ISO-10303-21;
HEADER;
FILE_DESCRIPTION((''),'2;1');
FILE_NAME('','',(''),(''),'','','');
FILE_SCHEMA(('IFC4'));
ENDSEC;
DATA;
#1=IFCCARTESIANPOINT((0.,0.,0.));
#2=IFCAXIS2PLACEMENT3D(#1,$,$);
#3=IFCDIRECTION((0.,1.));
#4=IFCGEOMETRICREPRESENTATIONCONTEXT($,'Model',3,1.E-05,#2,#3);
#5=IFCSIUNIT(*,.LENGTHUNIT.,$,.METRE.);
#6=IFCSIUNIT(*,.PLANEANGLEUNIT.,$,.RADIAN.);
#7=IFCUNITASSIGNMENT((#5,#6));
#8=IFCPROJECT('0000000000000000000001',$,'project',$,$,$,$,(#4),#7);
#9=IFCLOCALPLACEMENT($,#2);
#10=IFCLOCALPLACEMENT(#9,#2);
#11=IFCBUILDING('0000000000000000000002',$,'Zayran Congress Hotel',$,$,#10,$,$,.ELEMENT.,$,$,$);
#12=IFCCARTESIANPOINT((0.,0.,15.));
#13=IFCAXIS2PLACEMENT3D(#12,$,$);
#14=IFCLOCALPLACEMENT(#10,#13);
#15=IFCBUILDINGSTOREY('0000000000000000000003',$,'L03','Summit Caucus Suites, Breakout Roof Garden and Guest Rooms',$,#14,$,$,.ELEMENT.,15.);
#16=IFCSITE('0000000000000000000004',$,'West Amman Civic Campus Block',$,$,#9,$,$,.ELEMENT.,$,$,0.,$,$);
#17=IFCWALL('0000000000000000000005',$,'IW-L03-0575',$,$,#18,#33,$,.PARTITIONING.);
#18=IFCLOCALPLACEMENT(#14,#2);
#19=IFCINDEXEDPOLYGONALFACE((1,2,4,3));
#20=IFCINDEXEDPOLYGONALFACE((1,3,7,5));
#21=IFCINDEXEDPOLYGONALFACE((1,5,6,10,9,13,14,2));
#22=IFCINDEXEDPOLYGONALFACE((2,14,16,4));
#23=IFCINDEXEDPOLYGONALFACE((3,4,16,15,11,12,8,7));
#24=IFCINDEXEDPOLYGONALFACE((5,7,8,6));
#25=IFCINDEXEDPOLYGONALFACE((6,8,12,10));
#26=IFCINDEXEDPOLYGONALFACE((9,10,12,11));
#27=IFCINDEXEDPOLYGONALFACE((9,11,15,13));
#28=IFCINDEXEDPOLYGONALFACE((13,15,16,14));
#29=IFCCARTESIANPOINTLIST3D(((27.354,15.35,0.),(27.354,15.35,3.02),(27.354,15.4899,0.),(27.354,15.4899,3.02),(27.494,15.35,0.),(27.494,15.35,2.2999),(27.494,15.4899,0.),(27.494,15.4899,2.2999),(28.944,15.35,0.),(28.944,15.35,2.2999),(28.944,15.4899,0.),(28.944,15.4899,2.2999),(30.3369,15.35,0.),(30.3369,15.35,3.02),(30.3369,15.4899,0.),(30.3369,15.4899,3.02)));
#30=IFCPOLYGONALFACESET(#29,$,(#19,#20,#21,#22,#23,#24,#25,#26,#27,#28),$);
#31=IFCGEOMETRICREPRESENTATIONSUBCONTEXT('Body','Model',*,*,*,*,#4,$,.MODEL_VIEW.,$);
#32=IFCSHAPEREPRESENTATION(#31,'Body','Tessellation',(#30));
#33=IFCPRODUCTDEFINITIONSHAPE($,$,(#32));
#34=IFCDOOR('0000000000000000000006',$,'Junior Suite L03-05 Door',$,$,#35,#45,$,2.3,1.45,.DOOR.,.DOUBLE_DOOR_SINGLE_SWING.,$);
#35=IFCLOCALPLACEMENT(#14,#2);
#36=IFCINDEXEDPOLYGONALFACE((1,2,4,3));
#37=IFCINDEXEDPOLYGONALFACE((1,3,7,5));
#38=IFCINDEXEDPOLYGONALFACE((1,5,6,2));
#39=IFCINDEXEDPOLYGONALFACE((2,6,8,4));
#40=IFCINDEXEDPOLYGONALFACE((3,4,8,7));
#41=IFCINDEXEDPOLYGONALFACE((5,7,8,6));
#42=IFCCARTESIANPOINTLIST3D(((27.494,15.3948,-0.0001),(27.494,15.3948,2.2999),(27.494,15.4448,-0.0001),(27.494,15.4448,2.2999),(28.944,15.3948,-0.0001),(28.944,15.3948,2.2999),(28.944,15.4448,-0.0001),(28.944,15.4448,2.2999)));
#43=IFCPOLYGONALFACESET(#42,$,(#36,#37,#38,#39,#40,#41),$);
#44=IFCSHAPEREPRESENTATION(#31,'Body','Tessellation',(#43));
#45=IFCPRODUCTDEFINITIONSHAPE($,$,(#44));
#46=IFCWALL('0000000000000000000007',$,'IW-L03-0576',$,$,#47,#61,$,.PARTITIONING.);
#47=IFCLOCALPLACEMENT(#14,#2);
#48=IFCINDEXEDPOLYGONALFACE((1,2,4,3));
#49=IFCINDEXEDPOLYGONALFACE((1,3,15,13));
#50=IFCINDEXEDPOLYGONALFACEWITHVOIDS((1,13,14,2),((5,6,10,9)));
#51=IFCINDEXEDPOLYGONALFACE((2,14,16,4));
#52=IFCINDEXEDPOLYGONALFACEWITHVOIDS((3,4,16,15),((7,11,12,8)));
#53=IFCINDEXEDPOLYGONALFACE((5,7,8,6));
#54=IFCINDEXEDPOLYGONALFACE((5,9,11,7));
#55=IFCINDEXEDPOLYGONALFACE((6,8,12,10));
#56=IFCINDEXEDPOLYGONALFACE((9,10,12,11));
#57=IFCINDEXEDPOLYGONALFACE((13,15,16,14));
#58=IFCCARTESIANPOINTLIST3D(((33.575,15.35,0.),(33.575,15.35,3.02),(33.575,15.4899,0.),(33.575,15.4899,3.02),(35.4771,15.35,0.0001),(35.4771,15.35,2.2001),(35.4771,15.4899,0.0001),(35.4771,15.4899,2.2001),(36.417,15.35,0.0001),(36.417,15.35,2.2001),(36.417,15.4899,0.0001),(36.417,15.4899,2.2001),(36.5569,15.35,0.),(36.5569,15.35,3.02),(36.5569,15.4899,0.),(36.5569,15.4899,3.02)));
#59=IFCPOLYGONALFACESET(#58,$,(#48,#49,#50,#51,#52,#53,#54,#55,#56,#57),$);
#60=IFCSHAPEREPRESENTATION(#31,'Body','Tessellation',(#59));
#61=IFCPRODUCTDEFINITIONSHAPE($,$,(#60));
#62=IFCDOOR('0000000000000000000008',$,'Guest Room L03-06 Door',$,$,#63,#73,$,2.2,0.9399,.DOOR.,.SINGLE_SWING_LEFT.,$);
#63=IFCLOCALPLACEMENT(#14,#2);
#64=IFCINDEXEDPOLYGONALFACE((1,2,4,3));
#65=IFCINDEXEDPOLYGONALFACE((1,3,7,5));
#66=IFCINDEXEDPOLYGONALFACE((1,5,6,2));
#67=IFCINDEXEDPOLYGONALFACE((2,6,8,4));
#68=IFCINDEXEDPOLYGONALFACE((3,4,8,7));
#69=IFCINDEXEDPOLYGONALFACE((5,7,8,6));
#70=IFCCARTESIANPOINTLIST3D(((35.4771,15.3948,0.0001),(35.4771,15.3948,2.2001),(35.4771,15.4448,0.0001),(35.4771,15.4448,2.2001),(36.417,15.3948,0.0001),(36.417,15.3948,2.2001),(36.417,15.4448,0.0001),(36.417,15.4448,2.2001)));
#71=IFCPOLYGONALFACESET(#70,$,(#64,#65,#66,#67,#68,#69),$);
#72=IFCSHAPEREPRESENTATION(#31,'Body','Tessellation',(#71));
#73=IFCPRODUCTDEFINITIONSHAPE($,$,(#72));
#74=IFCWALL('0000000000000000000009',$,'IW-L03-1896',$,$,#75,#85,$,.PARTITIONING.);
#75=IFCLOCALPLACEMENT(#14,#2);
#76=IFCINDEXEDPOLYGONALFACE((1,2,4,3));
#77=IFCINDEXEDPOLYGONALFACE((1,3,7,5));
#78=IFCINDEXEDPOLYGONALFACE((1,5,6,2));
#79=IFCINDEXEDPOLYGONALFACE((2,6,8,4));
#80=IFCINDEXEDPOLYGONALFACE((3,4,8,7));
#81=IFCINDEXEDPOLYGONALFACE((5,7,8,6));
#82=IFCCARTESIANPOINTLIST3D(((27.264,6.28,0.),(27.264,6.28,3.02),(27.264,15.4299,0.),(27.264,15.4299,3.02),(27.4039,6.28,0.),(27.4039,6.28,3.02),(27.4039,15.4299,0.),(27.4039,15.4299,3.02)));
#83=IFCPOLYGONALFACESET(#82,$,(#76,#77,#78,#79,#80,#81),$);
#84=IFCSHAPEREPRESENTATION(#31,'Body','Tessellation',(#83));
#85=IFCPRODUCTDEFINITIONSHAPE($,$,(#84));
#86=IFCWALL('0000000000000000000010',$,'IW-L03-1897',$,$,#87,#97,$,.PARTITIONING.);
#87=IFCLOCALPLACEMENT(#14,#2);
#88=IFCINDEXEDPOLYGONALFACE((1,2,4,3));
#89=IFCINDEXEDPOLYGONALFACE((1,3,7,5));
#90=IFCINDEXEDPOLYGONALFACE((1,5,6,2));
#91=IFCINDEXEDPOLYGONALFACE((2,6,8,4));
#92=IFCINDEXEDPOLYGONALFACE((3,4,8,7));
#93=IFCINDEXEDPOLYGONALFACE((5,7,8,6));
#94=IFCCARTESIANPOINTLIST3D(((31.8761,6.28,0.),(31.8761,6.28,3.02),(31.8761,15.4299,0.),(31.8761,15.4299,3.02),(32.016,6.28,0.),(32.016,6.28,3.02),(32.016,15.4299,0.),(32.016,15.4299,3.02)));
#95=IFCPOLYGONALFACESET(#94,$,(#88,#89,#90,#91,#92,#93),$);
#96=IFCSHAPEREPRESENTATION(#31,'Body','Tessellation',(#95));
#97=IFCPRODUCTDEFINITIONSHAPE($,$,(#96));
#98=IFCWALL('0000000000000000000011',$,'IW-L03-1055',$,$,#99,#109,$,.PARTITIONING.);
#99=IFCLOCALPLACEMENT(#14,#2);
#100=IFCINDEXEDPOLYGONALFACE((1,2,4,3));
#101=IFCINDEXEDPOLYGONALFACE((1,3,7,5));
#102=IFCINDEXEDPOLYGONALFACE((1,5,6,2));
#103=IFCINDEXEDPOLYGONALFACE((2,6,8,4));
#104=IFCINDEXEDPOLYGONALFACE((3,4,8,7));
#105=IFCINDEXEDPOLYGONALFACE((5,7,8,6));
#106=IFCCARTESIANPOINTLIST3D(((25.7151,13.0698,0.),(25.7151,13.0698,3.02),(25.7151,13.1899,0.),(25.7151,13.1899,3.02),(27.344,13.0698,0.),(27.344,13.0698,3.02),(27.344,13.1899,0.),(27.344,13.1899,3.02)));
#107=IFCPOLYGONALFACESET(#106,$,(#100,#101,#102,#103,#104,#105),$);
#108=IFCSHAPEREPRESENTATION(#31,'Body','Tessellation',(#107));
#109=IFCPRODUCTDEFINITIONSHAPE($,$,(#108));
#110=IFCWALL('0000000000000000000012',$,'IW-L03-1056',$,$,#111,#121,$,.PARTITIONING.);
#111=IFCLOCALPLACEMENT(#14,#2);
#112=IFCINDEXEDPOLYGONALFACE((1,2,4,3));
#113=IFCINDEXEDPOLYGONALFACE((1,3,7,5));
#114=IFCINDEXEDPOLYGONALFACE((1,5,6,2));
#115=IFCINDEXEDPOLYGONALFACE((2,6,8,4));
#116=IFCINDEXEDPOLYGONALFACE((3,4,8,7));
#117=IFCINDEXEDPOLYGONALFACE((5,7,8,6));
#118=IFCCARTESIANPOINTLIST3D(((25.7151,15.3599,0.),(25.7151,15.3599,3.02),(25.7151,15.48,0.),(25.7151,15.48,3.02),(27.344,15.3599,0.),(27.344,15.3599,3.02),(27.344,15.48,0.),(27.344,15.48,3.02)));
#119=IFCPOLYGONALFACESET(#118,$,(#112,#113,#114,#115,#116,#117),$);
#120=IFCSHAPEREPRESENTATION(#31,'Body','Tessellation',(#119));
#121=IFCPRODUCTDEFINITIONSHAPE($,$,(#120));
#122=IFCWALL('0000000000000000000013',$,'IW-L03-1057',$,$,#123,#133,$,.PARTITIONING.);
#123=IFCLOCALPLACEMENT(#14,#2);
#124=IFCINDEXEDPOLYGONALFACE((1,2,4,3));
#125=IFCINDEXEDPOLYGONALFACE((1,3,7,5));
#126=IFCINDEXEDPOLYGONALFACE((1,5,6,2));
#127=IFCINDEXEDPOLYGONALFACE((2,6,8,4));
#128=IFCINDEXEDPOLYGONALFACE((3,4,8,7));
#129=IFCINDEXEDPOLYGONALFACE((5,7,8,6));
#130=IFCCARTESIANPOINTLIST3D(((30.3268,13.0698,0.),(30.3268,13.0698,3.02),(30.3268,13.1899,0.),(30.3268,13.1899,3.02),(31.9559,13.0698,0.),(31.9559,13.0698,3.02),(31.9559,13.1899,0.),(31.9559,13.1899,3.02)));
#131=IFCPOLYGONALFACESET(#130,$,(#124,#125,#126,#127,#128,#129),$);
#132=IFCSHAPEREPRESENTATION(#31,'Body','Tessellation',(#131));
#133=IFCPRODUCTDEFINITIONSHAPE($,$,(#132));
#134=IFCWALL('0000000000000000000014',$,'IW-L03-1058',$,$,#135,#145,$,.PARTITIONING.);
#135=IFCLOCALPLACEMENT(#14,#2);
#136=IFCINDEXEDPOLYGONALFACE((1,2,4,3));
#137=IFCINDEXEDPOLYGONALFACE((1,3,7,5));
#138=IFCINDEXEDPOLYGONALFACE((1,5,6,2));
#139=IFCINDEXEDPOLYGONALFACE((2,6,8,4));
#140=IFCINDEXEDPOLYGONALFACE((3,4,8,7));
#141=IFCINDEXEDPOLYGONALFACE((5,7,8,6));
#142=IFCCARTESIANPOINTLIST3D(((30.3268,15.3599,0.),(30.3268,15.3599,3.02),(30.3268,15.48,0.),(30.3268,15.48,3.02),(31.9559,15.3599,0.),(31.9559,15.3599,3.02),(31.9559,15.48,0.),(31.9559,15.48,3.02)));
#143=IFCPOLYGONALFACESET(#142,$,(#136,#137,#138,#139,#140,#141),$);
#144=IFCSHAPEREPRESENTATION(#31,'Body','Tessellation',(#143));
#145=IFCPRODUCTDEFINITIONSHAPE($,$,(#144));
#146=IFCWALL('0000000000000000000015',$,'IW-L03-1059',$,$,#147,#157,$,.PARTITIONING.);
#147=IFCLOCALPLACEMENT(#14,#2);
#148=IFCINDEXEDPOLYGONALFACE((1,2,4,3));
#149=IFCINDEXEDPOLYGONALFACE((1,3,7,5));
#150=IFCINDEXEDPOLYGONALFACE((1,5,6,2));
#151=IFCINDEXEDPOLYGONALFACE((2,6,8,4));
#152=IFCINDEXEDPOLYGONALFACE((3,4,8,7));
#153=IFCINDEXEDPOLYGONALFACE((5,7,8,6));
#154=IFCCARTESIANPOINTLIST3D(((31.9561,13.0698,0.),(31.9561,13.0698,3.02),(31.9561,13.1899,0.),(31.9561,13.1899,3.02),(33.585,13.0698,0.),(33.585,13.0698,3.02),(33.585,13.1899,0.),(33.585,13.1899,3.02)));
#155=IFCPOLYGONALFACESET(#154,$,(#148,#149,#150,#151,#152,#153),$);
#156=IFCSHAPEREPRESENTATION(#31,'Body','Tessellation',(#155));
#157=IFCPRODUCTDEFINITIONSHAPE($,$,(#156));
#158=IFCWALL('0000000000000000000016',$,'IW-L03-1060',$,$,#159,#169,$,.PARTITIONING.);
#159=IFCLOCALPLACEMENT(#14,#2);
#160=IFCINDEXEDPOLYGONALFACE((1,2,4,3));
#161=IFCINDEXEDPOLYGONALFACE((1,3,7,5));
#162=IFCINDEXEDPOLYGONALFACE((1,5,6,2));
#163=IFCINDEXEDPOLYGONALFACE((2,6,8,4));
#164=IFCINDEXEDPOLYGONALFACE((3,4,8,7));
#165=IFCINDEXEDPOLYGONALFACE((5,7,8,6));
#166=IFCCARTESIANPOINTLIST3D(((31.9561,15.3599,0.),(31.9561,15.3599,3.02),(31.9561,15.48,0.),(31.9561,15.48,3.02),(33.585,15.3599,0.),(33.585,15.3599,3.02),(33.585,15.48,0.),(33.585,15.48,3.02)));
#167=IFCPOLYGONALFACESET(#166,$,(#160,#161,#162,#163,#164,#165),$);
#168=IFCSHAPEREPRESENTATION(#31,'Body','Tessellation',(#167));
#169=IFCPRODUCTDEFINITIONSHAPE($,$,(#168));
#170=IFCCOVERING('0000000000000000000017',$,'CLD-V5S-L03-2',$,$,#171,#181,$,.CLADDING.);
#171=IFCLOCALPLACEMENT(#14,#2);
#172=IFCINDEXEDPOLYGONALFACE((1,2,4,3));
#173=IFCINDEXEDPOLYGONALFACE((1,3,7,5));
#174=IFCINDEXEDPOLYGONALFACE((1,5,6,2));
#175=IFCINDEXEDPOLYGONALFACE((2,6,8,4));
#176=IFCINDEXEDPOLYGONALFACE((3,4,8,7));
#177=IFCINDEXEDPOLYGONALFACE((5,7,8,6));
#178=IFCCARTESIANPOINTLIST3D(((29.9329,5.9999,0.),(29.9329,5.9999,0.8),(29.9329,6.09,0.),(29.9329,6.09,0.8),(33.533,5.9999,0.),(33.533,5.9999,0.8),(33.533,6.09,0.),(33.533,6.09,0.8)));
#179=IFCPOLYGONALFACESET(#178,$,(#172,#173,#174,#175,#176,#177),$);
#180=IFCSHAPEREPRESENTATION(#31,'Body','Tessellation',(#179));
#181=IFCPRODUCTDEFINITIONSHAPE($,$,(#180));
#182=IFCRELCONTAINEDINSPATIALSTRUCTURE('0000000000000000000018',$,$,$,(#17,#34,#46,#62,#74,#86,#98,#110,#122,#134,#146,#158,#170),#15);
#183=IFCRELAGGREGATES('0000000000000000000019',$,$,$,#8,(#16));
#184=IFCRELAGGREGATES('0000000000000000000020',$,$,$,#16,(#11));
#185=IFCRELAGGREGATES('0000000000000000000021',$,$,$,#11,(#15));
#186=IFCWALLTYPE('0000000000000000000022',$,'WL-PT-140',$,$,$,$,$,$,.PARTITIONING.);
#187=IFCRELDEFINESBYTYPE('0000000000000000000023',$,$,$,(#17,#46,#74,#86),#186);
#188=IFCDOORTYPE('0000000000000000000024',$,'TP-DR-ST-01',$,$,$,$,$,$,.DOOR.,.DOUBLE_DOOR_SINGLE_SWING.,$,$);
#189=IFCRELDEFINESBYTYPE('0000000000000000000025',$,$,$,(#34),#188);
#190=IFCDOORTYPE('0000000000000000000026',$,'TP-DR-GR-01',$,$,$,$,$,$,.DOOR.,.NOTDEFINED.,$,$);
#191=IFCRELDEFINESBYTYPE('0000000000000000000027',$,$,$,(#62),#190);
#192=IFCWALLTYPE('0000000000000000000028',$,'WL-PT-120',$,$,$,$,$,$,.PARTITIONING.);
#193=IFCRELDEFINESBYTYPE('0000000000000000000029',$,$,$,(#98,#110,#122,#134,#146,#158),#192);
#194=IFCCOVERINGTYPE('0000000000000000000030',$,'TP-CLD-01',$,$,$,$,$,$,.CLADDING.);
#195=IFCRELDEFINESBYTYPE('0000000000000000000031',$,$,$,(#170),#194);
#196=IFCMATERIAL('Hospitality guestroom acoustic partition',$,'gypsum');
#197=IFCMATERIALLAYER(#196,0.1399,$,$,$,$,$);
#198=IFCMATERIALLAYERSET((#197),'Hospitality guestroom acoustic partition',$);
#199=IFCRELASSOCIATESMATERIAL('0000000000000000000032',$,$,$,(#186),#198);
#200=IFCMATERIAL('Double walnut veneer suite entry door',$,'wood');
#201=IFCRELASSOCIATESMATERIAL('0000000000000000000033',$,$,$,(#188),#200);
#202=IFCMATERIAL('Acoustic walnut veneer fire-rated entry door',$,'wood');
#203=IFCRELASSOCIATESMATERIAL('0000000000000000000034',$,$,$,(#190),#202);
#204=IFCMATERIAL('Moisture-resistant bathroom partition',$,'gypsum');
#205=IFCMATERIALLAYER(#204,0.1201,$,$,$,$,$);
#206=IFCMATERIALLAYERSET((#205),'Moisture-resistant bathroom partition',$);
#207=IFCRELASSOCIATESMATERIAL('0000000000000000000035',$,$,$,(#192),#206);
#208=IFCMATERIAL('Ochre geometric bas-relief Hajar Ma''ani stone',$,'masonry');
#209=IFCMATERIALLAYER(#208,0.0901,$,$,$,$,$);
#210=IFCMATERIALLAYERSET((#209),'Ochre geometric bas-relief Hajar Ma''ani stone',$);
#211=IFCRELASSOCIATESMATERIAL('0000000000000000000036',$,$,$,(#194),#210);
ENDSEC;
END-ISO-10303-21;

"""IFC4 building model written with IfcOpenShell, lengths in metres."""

from ifc_helpers import new_model, si_unit, direction, frame, frame_2d, origin, origin_2d, place, context, subcontext, project, spatial, rectangle, extrude, material, layer, layer_set, type_object, element, fill, save


model = new_model("IFC4")

# Units and contexts
model_context = context("Model", 3, precision=1e-05, world=origin(), true_north=direction((0.0, 1.0)))
body_context = subcontext(model_context, "Body", "Model", "MODEL_VIEW")
ifc_project = project(units=[si_unit("LENGTHUNIT", "METRE"), si_unit("PLANEANGLEUNIT", "RADIAN")], contexts=[model_context])

# Site, building, storey
site_placement = place(None, origin())
site = spatial("IfcSite", under=ifc_project, at=site_placement, Name="West Amman Civic Campus Block", CompositionType="ELEMENT", RefElevation=0.0)
building_placement = place(site_placement, origin())
building = spatial("IfcBuilding", under=site, at=building_placement, Name="Zayran Congress Hotel", CompositionType="ELEMENT")
storey_placement = place(building_placement, frame((0.0, 0.0, 15.0)))
storey = spatial("IfcBuildingStorey", under=building, at=storey_placement, Name="L03", Description="Summit Caucus Suites, Breakout Roof Garden and Guest Rooms", CompositionType="ELEMENT", Elevation=15.0)

# Shared definitions
ifc_material_1 = material(Name="Hospitality guestroom acoustic partition", Category="gypsum")
ifc_layer_1 = layer(ifc_material_1, 0.1399)
ifc_layer_set_1 = layer_set([ifc_layer_1], Name="Hospitality guestroom acoustic partition")
wall_type_1 = type_object("IfcWallType", Name="WL-PT-140", PredefinedType="PARTITIONING", material=ifc_layer_set_1)

# Walls, openings, doors
wall_1_placement = place(storey_placement, frame((27.354, 15.4199, 0.0), z_axis=(0.0, 0.0, 1.0), x_axis=(1.0, 0.0, 0.0)))
wall_1 = element("IfcWall", 1, at=wall_1_placement, inside=storey, type_object=wall_type_1, Name="IW-L03-0575", PredefinedType="PARTITIONING", context=body_context, shape_type="SweptSolid", body=[
    extrude(rectangle(XDim=2.9829, YDim=0.1399, at=frame_2d((1.4915, 0.0))), origin(), (0.0, 0.0, 1.0), 3.02),
])
opening_1_placement = place(wall_1_placement, frame((0.1399, 0.0, 0.0)))
opening_1 = element("IfcOpeningElement", 2, at=opening_1_placement, cuts=wall_1, PredefinedType="OPENING", context=body_context, shape_type="SweptSolid", body=[
    extrude(rectangle(XDim=1.45, YDim=2.3, at=frame_2d((0.7251, 1.1499))), frame((0.0, 0.0798, 0.0), z_axis=(0.0, -1.0, 0.0), x_axis=(1.0, 0.0, 0.0)), (0.0, 0.0, 1.0), 0.1599),
])
ifc_material_2 = material(Name="Double walnut veneer suite entry door", Category="wood")
door_type_1 = type_object("IfcDoorType", Name="TP-DR-ST-01", OperationType="DOUBLE_DOOR_SINGLE_SWING", PredefinedType="DOOR", material=ifc_material_2)
door_1_placement = place(opening_1_placement, origin())
door_1 = element("IfcDoor", 3, at=door_1_placement, inside=storey, type_object=door_type_1, Name="Junior Suite L03-05 Door", OperationType="DOUBLE_DOOR_SINGLE_SWING", OverallHeight=2.3, OverallWidth=1.45, PredefinedType="DOOR", context=body_context, shape_type="SweptSolid", body=[
    extrude(rectangle(XDim=1.45, YDim=2.3, at=frame_2d((0.7251, 1.1499))), frame((0.0, 0.0249, 0.0), z_axis=(0.0, -1.0, 0.0), x_axis=(1.0, 0.0, 0.0)), (0.0, 0.0, 1.0), 0.05),
])
fill(opening_1, door_1)
wall_2_placement = place(storey_placement, frame((33.575, 15.4199, 0.0), z_axis=(0.0, 0.0, 1.0), x_axis=(1.0, 0.0, 0.0)))
wall_2 = element("IfcWall", 4, at=wall_2_placement, inside=storey, type_object=wall_type_1, Name="IW-L03-0576", PredefinedType="PARTITIONING", context=body_context, shape_type="SweptSolid", body=[
    extrude(rectangle(XDim=2.9819, YDim=0.1399, at=frame_2d((1.491, 0.0))), origin(), (0.0, 0.0, 1.0), 3.02),
])
opening_2_placement = place(wall_2_placement, frame((1.9021, 0.0, 0.0)))
opening_2 = element("IfcOpeningElement", 5, at=opening_2_placement, cuts=wall_2, PredefinedType="OPENING", context=body_context, shape_type="SweptSolid", body=[
    extrude(rectangle(XDim=0.9399, YDim=2.2, at=frame_2d((0.47, 1.1001))), frame((0.0, 0.0798, 0.0), z_axis=(0.0, -1.0, 0.0), x_axis=(1.0, 0.0, 0.0)), (0.0, 0.0, 1.0), 0.1599),
])
ifc_material_3 = material(Name="Acoustic walnut veneer fire-rated entry door", Category="wood")
door_type_2 = type_object("IfcDoorType", Name="TP-DR-GR-01", OperationType="NOTDEFINED", PredefinedType="DOOR", material=ifc_material_3)
door_2_placement = place(opening_2_placement, origin())
door_2 = element("IfcDoor", 6, at=door_2_placement, inside=storey, type_object=door_type_2, Name="Guest Room L03-06 Door", OperationType="SINGLE_SWING_LEFT", OverallHeight=2.2, OverallWidth=0.9399, PredefinedType="DOOR", context=body_context, shape_type="SweptSolid", body=[
    extrude(rectangle(XDim=0.9399, YDim=2.2, at=frame_2d((0.47, 1.1001))), frame((0.0, 0.0249, 0.0), z_axis=(0.0, -1.0, 0.0), x_axis=(1.0, 0.0, 0.0)), (0.0, 0.0, 1.0), 0.05),
])
fill(opening_2, door_2)

# Walls
for number, where, z_axis, x_axis, name in (
    (7, (27.334, 6.28, 0.0), (0.0, 0.0, 1.0), (0.0, 1.0, 0.0), "IW-L03-1896"),
    (8, (31.946, 6.28, 0.0), (0.0, 0.0, 1.0), (0.0, 1.0, 0.0), "IW-L03-1897"),
):
    element("IfcWall", number, at=place(storey_placement, frame(where, z_axis=z_axis, x_axis=x_axis)), inside=storey, type_object=wall_type_1, Name=name, PredefinedType="PARTITIONING", context=body_context, shape_type="SweptSolid", body=[
        extrude(rectangle(XDim=9.1499, YDim=0.1399, at=frame_2d((4.575, 0.0))), origin(), (0.0, 0.0, 1.0), 3.02),
    ])

# Shared definitions
ifc_material_4 = material(Name="Moisture-resistant bathroom partition", Category="gypsum")
ifc_layer_2 = layer(ifc_material_4, 0.1201)
ifc_layer_set_2 = layer_set([ifc_layer_2], Name="Moisture-resistant bathroom partition")
wall_type_2 = type_object("IfcWallType", Name="WL-PT-120", PredefinedType="PARTITIONING", material=ifc_layer_set_2)

# Walls
for number, where, z_axis, x_axis, name in (
    (9, (25.7151, 13.1299, 0.0), (0.0, 0.0, 1.0), (1.0, 0.0, 0.0), "IW-L03-1055"),
    (10, (25.7151, 15.4199, 0.0), (0.0, 0.0, 1.0), (1.0, 0.0, 0.0), "IW-L03-1056"),
):
    element("IfcWall", number, at=place(storey_placement, frame(where, z_axis=z_axis, x_axis=x_axis)), inside=storey, type_object=wall_type_2, Name=name, PredefinedType="PARTITIONING", context=body_context, shape_type="SweptSolid", body=[
        extrude(rectangle(XDim=1.6289, YDim=0.1201, at=frame_2d((0.8145, 0.0))), origin(), (0.0, 0.0, 1.0), 3.02),
    ])
for number, where, z_axis, x_axis, name in (
    (11, (30.3269, 13.1299, 0.0), (0.0, 0.0, 1.0), (1.0, 0.0, 0.0), "IW-L03-1057"),
    (12, (30.3269, 15.4199, 0.0), (0.0, 0.0, 1.0), (1.0, 0.0, 0.0), "IW-L03-1058"),
):
    element("IfcWall", number, at=place(storey_placement, frame(where, z_axis=z_axis, x_axis=x_axis)), inside=storey, type_object=wall_type_2, Name=name, PredefinedType="PARTITIONING", context=body_context, shape_type="SweptSolid", body=[
        extrude(rectangle(XDim=1.6292, YDim=0.1201, at=frame_2d((0.8145, 0.0))), origin(), (0.0, 0.0, 1.0), 3.02),
    ])
for number, where, z_axis, x_axis, name in (
    (13, (31.9561, 13.1299, 0.0), (0.0, 0.0, 1.0), (1.0, 0.0, 0.0), "IW-L03-1059"),
    (14, (31.9561, 15.4199, 0.0), (0.0, 0.0, 1.0), (1.0, 0.0, 0.0), "IW-L03-1060"),
):
    element("IfcWall", number, at=place(storey_placement, frame(where, z_axis=z_axis, x_axis=x_axis)), inside=storey, type_object=wall_type_2, Name=name, PredefinedType="PARTITIONING", context=body_context, shape_type="SweptSolid", body=[
        extrude(rectangle(XDim=1.6289, YDim=0.1201, at=frame_2d((0.8145, 0.0))), origin(), (0.0, 0.0, 1.0), 3.02),
    ])

# Covering
ifc_material_5 = material(Name="Ochre geometric bas-relief Hajar Ma'ani stone", Category="masonry")
ifc_layer_3 = layer(ifc_material_5, 0.0901)
ifc_layer_set_3 = layer_set([ifc_layer_3], Name="Ochre geometric bas-relief Hajar Ma'ani stone")
covering_type = type_object("IfcCoveringType", Name="TP-CLD-01", PredefinedType="CLADDING", material=ifc_layer_set_3)
covering_placement = place(storey_placement, frame((31.7329, 6.0449, 0.0), z_axis=(0.0, 0.0, 1.0), x_axis=(1.0, 0.0, 0.0)))
element("IfcCovering", 15, at=covering_placement, inside=storey, type_object=covering_type, Name="CLD-V5S-L03-2", PredefinedType="CLADDING", context=body_context, shape_type="SweptSolid", body=[
    extrude(rectangle(XDim=3.6001, YDim=0.0901, at=origin_2d()), origin(), (0.0, 0.0, 1.0), 0.8),
])

save(model, "model.ifc")
